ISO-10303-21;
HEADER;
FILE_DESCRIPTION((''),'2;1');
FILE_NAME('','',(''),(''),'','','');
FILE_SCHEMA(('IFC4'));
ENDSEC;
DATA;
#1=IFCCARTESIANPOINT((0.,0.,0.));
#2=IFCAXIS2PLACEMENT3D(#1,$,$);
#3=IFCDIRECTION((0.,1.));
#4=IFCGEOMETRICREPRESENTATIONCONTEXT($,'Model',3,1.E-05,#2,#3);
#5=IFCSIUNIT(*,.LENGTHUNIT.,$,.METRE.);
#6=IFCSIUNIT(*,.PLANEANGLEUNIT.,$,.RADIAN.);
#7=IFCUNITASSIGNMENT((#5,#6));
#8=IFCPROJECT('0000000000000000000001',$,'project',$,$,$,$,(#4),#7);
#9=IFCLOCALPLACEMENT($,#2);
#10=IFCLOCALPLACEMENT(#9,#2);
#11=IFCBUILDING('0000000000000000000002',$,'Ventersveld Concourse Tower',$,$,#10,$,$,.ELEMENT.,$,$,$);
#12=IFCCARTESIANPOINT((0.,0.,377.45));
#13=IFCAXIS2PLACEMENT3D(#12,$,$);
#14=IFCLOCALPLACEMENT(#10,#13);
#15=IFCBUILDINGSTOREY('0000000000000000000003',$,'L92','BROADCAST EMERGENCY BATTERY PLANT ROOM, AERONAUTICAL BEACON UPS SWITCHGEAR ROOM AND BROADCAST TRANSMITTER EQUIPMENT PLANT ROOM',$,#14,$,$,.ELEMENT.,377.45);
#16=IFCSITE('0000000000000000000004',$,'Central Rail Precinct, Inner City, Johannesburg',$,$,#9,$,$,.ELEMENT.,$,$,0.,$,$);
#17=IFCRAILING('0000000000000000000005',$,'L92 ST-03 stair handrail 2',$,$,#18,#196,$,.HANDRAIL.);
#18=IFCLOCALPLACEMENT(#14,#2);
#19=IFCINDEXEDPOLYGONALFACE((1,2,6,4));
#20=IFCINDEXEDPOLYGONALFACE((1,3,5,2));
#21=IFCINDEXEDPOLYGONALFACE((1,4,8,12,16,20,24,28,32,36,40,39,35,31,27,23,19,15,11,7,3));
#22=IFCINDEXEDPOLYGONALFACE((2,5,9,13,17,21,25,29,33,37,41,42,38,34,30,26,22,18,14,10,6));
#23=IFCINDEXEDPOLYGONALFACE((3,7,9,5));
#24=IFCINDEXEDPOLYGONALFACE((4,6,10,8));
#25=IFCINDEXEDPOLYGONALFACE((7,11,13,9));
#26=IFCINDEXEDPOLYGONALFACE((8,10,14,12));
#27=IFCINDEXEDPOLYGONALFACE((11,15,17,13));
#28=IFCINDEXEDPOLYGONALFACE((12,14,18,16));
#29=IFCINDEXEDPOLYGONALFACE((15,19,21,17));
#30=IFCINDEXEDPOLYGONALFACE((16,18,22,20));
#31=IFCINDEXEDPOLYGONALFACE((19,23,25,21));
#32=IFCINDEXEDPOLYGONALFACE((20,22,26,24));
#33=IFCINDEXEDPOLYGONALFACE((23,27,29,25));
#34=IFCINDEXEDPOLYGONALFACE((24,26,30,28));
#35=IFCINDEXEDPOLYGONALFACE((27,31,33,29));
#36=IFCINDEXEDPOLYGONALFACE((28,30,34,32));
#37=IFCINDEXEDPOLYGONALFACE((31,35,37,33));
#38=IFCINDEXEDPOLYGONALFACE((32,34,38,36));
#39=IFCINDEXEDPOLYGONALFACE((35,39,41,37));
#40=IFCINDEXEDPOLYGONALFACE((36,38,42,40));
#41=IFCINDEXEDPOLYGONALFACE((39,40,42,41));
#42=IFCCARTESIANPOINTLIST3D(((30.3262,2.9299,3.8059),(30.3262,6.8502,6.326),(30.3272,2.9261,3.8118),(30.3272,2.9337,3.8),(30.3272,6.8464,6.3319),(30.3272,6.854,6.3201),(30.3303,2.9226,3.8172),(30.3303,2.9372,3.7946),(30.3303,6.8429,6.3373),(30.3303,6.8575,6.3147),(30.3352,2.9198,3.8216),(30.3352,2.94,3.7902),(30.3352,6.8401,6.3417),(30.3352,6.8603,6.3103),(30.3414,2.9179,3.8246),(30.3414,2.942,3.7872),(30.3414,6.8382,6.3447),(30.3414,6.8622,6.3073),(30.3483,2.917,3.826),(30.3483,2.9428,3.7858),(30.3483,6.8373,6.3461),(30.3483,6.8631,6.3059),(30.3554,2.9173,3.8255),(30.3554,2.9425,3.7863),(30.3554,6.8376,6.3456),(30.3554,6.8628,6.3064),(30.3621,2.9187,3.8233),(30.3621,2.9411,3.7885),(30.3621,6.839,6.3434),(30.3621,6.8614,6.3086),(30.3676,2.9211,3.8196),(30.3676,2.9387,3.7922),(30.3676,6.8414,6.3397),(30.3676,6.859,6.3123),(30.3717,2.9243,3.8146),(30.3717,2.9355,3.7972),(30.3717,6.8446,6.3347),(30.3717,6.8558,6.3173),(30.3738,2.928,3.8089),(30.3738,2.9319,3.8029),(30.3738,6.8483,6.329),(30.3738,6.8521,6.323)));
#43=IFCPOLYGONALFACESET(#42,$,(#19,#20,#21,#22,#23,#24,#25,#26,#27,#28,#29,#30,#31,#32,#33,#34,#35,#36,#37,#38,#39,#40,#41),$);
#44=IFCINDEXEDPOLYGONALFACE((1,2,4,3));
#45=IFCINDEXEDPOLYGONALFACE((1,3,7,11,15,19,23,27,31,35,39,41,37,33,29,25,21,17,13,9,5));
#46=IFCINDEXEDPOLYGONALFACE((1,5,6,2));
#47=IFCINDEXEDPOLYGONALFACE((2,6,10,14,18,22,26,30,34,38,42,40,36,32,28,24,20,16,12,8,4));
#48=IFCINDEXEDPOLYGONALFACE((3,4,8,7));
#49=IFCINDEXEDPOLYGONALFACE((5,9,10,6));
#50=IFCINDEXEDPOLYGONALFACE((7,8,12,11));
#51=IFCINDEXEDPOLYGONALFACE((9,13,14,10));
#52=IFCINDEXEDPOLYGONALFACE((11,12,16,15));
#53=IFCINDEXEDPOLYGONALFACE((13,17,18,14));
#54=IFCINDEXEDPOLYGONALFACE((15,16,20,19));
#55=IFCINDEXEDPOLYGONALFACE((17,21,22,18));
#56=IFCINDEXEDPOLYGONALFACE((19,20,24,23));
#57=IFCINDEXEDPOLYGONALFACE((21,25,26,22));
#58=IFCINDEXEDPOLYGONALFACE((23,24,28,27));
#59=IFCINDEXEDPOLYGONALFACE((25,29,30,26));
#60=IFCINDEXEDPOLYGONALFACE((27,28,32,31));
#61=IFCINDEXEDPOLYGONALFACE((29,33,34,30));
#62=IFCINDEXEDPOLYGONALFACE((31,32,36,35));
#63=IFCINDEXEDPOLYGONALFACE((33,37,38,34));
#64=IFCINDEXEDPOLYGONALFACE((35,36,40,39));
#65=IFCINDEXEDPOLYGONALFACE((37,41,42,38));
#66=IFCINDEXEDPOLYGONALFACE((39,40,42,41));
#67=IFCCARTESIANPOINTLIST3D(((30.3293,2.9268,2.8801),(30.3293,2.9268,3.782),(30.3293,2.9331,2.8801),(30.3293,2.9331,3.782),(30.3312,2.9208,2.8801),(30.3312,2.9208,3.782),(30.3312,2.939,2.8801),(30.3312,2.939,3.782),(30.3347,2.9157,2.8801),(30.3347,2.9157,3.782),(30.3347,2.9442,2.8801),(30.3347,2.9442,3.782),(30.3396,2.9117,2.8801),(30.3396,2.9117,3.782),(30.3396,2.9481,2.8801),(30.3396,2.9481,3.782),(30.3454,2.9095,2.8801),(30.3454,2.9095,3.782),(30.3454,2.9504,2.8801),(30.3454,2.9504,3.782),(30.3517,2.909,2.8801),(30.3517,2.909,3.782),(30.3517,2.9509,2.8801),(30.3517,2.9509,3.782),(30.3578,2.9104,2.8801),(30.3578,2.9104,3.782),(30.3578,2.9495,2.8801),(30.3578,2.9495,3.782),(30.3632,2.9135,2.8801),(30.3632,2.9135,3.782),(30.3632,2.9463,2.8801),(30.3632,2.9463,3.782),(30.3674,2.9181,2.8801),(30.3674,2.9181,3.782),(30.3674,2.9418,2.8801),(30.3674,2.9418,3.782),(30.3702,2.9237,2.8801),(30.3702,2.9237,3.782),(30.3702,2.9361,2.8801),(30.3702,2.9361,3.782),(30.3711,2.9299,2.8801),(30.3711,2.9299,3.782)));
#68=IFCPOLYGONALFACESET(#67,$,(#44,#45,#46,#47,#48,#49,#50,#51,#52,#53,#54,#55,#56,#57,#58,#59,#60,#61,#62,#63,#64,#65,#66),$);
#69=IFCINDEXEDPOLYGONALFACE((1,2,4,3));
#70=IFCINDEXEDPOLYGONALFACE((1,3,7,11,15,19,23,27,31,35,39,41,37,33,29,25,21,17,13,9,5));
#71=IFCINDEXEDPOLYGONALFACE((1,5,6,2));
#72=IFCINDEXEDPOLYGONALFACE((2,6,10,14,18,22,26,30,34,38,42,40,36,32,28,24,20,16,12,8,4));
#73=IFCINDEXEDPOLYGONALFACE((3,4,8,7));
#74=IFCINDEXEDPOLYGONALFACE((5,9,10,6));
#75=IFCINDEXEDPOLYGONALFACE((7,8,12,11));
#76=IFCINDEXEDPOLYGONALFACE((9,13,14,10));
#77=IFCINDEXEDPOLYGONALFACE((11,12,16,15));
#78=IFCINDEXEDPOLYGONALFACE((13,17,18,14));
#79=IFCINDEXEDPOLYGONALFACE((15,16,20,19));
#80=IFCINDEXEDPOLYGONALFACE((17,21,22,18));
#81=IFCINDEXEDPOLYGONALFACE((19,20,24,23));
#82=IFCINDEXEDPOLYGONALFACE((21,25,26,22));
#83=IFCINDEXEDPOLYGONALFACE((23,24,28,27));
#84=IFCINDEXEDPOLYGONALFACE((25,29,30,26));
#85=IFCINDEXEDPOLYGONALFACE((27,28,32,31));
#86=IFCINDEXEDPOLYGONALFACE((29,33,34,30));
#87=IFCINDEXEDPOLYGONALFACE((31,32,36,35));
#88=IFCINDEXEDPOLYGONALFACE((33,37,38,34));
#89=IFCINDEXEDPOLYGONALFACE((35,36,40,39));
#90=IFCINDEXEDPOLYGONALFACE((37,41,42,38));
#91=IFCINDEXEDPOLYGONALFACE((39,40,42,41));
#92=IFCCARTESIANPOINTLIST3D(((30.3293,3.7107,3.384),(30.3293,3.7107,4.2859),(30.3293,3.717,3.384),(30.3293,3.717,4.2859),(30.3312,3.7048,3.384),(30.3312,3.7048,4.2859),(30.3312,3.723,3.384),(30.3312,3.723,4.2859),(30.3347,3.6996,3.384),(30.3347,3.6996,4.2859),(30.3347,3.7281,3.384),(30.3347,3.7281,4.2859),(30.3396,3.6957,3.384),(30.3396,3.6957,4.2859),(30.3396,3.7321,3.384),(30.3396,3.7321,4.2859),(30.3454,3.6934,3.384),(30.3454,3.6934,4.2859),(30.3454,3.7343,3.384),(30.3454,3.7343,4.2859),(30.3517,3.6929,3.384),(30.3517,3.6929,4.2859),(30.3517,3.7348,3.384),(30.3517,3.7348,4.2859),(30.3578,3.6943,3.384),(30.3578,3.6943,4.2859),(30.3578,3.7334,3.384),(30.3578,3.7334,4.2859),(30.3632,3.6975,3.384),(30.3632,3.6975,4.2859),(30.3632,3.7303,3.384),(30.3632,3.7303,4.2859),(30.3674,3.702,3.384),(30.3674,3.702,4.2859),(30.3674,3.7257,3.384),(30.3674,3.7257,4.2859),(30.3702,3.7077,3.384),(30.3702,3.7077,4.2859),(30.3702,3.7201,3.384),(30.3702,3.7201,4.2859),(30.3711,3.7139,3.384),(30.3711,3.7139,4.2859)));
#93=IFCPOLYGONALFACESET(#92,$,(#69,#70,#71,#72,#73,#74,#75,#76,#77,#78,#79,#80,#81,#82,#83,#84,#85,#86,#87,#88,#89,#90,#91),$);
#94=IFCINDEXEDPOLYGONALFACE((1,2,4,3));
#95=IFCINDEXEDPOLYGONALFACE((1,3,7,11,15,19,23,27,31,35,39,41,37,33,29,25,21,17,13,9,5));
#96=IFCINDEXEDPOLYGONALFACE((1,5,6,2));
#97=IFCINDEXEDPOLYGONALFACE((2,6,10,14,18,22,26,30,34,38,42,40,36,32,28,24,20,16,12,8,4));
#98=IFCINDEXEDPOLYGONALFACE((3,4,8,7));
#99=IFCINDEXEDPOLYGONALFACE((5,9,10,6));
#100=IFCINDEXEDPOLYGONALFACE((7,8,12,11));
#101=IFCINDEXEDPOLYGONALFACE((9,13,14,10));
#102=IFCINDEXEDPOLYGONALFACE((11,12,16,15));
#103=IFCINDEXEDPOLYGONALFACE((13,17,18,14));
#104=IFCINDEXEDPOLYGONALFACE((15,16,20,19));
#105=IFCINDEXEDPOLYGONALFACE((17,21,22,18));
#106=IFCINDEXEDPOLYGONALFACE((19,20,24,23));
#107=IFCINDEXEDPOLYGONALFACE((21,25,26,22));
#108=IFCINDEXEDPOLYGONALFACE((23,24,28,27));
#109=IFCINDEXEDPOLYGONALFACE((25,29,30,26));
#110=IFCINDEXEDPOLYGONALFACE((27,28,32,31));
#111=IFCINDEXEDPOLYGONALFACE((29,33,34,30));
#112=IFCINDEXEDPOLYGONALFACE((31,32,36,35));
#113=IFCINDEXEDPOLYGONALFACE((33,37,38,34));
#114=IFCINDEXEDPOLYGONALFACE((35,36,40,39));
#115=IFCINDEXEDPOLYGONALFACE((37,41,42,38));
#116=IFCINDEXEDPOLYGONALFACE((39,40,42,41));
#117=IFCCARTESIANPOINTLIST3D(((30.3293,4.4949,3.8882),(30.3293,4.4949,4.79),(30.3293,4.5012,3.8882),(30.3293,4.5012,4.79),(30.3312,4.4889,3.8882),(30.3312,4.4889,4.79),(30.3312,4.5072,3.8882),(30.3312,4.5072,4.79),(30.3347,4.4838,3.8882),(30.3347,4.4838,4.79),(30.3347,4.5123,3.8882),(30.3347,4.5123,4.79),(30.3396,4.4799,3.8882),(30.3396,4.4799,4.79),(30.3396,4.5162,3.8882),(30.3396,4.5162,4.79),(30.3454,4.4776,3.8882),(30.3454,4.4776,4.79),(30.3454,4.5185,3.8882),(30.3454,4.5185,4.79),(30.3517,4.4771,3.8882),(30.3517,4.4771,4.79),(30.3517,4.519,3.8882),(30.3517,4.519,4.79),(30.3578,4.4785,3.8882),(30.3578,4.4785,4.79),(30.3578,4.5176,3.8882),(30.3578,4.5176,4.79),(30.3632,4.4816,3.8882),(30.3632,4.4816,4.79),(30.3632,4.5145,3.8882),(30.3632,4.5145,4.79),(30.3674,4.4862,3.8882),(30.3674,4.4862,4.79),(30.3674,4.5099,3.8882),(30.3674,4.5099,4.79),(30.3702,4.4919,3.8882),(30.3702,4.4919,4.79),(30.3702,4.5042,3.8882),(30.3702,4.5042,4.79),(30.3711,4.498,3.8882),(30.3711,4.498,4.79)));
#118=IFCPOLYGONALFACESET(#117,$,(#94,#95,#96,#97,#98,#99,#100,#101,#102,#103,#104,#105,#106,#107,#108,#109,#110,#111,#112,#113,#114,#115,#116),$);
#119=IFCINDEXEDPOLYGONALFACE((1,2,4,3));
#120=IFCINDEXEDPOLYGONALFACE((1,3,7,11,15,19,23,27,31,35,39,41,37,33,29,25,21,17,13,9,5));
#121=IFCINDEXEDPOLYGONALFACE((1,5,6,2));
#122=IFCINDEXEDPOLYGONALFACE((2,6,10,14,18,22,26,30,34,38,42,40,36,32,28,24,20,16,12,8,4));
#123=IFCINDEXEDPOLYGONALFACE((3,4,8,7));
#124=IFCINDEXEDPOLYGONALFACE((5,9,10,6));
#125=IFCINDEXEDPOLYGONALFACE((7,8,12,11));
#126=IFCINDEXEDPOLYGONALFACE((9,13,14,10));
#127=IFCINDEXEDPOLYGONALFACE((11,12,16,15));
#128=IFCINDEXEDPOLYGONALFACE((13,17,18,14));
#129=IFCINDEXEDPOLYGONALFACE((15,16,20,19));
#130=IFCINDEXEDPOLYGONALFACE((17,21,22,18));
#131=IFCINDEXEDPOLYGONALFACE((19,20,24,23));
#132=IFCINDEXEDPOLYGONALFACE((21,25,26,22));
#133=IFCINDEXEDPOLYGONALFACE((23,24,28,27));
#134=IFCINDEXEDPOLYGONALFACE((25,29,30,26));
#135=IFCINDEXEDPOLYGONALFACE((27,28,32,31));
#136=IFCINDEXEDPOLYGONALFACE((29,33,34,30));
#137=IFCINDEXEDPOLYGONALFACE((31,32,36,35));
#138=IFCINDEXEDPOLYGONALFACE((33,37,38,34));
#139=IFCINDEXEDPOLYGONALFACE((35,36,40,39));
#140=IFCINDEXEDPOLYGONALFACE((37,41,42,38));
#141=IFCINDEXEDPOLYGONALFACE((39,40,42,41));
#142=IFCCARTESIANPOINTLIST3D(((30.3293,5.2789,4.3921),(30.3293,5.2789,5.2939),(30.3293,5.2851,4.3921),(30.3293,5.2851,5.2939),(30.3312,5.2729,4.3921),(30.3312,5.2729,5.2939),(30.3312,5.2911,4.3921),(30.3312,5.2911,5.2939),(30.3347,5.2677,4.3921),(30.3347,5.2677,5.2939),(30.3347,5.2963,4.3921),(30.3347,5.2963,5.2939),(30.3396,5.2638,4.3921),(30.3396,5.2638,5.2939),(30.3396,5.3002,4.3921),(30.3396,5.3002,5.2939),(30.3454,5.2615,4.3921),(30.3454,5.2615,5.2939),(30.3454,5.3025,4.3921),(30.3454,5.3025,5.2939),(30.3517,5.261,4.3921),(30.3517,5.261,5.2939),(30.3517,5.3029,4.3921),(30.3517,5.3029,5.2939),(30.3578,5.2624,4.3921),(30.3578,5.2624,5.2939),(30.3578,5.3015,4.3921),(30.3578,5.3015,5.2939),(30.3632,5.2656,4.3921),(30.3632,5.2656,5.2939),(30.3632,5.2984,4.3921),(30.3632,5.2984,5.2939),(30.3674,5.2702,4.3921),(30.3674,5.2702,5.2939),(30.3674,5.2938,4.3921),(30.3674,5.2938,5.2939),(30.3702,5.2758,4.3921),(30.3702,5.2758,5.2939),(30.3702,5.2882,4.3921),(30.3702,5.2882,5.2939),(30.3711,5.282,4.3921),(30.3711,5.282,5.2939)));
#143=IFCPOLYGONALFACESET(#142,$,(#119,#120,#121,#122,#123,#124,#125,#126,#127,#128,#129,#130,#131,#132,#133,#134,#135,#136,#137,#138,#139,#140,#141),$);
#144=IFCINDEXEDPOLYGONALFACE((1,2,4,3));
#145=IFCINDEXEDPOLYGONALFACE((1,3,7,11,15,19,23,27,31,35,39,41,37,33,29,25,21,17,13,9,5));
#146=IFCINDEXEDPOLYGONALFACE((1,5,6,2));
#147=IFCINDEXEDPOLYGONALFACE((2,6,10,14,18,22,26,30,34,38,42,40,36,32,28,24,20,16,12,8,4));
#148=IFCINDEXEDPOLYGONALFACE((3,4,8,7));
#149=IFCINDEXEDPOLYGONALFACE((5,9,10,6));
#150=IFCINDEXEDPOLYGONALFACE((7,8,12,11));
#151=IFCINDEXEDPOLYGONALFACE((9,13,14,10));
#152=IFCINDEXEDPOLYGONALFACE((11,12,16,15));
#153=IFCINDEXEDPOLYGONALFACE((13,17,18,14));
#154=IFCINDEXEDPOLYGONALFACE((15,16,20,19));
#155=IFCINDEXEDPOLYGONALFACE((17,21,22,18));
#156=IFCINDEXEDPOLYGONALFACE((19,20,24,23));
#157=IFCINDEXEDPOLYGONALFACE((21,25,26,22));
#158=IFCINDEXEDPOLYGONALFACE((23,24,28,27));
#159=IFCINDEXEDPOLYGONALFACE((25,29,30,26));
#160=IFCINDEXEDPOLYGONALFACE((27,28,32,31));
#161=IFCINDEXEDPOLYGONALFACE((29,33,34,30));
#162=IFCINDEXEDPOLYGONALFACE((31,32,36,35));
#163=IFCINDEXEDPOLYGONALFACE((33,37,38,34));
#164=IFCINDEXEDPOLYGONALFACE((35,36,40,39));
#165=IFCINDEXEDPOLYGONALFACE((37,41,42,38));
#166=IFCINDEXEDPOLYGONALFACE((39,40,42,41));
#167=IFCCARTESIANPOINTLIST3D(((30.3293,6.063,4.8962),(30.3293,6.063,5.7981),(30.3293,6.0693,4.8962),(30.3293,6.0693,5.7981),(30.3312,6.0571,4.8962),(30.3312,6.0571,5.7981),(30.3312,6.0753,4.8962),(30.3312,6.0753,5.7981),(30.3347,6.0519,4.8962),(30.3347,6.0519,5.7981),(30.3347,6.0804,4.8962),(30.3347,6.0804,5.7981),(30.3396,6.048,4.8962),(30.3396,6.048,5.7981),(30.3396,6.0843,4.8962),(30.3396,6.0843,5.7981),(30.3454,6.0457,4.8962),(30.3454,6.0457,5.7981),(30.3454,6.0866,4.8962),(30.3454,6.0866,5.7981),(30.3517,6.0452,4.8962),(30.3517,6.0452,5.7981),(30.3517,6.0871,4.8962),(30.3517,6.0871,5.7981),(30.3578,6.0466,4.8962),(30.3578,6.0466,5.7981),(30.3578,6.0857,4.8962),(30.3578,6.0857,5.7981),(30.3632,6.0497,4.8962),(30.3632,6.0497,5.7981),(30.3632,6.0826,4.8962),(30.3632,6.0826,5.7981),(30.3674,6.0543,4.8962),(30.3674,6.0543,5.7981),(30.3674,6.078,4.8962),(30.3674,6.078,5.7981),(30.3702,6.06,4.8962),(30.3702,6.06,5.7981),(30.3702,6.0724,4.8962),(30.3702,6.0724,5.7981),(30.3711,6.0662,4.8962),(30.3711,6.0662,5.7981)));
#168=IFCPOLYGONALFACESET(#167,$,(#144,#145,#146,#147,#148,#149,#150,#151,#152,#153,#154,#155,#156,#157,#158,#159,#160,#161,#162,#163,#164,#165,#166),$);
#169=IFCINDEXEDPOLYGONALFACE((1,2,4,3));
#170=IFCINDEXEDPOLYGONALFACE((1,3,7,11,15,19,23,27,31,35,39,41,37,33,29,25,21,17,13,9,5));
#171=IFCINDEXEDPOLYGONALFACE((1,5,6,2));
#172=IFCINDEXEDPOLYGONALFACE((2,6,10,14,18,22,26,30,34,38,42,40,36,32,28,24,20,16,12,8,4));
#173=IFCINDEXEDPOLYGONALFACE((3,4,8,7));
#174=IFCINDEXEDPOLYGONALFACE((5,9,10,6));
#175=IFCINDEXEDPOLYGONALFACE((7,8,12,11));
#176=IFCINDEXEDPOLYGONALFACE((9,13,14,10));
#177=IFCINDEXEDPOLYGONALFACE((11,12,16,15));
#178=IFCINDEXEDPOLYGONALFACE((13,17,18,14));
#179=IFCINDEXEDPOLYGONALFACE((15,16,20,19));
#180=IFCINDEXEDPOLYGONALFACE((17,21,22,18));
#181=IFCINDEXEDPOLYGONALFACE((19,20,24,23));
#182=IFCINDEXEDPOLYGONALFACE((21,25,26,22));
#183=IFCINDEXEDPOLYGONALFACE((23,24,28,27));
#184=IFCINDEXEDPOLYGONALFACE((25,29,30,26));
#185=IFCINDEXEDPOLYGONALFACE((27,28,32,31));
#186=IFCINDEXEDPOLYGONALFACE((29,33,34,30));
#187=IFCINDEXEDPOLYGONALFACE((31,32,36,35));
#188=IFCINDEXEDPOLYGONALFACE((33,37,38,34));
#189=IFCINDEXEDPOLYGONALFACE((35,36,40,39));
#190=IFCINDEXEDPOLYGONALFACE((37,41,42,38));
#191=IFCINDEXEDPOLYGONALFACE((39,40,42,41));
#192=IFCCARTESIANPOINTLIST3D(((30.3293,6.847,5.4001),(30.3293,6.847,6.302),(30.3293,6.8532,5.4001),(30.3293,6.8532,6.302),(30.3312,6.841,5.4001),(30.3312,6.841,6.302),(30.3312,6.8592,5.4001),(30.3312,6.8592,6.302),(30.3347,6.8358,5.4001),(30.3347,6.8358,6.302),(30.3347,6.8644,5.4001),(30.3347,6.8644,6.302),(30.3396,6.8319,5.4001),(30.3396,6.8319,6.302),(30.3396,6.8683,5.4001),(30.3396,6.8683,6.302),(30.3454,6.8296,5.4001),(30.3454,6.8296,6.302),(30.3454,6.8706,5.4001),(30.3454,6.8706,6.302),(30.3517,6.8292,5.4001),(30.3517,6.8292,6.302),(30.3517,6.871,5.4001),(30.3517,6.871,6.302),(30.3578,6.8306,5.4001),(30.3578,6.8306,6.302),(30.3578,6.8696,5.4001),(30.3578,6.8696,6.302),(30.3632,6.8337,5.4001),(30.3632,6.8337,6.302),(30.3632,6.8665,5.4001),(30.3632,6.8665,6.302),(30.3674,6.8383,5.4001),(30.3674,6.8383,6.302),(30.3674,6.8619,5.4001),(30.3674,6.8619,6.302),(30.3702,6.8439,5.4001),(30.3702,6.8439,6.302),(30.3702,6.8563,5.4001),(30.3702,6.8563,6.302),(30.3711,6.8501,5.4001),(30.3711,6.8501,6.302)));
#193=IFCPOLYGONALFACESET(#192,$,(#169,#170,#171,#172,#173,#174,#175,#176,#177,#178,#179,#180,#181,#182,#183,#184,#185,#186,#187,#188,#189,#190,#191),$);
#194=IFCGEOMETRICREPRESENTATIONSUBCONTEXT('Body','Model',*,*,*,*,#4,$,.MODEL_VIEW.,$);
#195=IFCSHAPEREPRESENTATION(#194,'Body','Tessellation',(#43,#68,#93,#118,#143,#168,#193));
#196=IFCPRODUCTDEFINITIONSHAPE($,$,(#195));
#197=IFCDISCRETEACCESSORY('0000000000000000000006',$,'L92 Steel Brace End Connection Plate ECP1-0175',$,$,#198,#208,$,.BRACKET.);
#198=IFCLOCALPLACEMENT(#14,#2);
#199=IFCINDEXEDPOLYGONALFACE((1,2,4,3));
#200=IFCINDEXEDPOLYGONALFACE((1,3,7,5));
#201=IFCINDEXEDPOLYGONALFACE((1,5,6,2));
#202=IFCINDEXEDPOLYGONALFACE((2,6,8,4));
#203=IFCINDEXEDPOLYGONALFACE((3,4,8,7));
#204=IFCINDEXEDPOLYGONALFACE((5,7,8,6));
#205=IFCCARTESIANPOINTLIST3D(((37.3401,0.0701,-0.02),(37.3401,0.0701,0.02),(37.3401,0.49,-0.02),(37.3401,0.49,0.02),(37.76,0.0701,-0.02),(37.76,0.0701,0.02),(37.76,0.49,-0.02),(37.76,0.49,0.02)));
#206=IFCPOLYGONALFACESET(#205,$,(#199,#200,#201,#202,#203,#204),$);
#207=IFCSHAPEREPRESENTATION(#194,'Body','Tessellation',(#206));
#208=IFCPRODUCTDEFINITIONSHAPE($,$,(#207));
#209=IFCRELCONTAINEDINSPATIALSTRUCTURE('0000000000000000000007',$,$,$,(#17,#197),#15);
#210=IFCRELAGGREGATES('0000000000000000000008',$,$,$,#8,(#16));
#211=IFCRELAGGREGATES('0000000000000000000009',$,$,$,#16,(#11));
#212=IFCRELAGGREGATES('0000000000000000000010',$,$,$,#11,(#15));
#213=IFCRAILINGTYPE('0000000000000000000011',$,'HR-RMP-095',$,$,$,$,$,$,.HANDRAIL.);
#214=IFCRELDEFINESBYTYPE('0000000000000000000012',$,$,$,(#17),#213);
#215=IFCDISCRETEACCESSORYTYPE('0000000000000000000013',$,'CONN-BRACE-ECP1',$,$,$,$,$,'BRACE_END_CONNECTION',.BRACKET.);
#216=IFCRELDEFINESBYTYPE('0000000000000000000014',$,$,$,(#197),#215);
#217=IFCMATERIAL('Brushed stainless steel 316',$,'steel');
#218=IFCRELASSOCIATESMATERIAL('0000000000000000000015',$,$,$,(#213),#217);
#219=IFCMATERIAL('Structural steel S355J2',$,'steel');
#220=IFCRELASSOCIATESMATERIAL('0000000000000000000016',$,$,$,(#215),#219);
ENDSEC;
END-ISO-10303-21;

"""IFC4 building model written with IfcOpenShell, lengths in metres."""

from ifc_helpers import new_model, si_unit, direction, frame, origin, origin_2d, place, context, subcontext, project, spatial, rectangle, circle, extrude, material, type_object, element, save


model = new_model("IFC4")

# Units and contexts
model_context = context("Model", 3, precision=1e-05, world=origin(), true_north=direction((0.0, 1.0)))
body_context = subcontext(model_context, "Body", "Model", "MODEL_VIEW")
ifc_project = project(units=[si_unit("LENGTHUNIT", "METRE"), si_unit("PLANEANGLEUNIT", "RADIAN")], contexts=[model_context])

# Site, building, storey
site_placement = place(None, origin())
site = spatial("IfcSite", under=ifc_project, at=site_placement, Name="Central Rail Precinct, Inner City, Johannesburg", CompositionType="ELEMENT", RefElevation=0.0)
building_placement = place(site_placement, origin())
building = spatial("IfcBuilding", under=site, at=building_placement, Name="Ventersveld Concourse Tower", CompositionType="ELEMENT")
storey_placement = place(building_placement, frame((0.0, 0.0, 377.45)))
storey = spatial("IfcBuildingStorey", under=building, at=storey_placement, Name="L92", Description="BROADCAST EMERGENCY BATTERY PLANT ROOM, AERONAUTICAL BEACON UPS SWITCHGEAR ROOM AND BROADCAST TRANSMITTER EQUIPMENT PLANT ROOM", CompositionType="ELEMENT", Elevation=377.45)

# Shared definitions
ifc_material_1 = material(Name="Structural steel S355J2", Category="steel")

# Shared definitions
ifc_material_2 = material(Name="Brushed stainless steel 316", Category="steel")

# Railing
railing_type_1 = type_object("IfcRailingType", Name="HR-RMP-095", PredefinedType="HANDRAIL", material=ifc_material_2)
railing_1_placement = place(storey_placement, frame((30.3501, 2.9299, 2.8801)))
element("IfcRailing", 1, at=railing_1_placement, inside=storey, type_object=railing_type_1, Name="L92 ST-03 stair handrail 2", PredefinedType="HANDRAIL", context=body_context, shape_type="SweptSolid", body=[
    extrude(circle(Radius=0.0239, at=origin_2d()), frame((0.0, 0.0, 0.9258), z_axis=(0.0, 0.841187, 0.540744), x_axis=(-1.0, 0.0, 0.0)), (0.0, 0.0, 1.0), 4.6604),
    extrude(circle(Radius=0.021, at=origin_2d()), origin(), (0.0, 0.0, 1.0), 0.9019),
    extrude(circle(Radius=0.021, at=origin_2d()), frame((0.0, 0.7839, 0.5039)), (0.0, 0.0, 1.0), 0.9019),
    extrude(circle(Radius=0.021, at=origin_2d()), frame((0.0, 1.5681, 1.0081)), (0.0, 0.0, 1.0), 0.9019),
    extrude(circle(Radius=0.021, at=origin_2d()), frame((0.0, 2.3521, 1.512)), (0.0, 0.0, 1.0), 0.9019),
    extrude(circle(Radius=0.021, at=origin_2d()), frame((0.0, 3.1362, 2.0161)), (0.0, 0.0, 1.0), 0.9019),
    extrude(circle(Radius=0.021, at=origin_2d()), frame((0.0, 3.9202, 2.52)), (0.0, 0.0, 1.0), 0.9019),
])

# Discrete accessory
discrete_accessory_type = type_object("IfcDiscreteAccessoryType", Name="CONN-BRACE-ECP1", ElementType="BRACE_END_CONNECTION", PredefinedType="BRACKET", material=ifc_material_1)
discrete_accessory_placement = place(storey_placement, frame((37.55, 0.28, -0.02), z_axis=(0.0, 0.0, 1.0), x_axis=(1.0, 0.0, 0.0)))
element("IfcDiscreteAccessory", 2, at=discrete_accessory_placement, inside=storey, type_object=discrete_accessory_type, Name="L92 Steel Brace End Connection Plate ECP1-0175", PredefinedType="BRACKET", context=body_context, shape_type="SweptSolid", body=[
    extrude(rectangle(XDim=0.4199, YDim=0.4199, at=origin_2d()), origin(), (0.0, 0.0, 1.0), 0.04),
])

save(model, "model.ifc")
